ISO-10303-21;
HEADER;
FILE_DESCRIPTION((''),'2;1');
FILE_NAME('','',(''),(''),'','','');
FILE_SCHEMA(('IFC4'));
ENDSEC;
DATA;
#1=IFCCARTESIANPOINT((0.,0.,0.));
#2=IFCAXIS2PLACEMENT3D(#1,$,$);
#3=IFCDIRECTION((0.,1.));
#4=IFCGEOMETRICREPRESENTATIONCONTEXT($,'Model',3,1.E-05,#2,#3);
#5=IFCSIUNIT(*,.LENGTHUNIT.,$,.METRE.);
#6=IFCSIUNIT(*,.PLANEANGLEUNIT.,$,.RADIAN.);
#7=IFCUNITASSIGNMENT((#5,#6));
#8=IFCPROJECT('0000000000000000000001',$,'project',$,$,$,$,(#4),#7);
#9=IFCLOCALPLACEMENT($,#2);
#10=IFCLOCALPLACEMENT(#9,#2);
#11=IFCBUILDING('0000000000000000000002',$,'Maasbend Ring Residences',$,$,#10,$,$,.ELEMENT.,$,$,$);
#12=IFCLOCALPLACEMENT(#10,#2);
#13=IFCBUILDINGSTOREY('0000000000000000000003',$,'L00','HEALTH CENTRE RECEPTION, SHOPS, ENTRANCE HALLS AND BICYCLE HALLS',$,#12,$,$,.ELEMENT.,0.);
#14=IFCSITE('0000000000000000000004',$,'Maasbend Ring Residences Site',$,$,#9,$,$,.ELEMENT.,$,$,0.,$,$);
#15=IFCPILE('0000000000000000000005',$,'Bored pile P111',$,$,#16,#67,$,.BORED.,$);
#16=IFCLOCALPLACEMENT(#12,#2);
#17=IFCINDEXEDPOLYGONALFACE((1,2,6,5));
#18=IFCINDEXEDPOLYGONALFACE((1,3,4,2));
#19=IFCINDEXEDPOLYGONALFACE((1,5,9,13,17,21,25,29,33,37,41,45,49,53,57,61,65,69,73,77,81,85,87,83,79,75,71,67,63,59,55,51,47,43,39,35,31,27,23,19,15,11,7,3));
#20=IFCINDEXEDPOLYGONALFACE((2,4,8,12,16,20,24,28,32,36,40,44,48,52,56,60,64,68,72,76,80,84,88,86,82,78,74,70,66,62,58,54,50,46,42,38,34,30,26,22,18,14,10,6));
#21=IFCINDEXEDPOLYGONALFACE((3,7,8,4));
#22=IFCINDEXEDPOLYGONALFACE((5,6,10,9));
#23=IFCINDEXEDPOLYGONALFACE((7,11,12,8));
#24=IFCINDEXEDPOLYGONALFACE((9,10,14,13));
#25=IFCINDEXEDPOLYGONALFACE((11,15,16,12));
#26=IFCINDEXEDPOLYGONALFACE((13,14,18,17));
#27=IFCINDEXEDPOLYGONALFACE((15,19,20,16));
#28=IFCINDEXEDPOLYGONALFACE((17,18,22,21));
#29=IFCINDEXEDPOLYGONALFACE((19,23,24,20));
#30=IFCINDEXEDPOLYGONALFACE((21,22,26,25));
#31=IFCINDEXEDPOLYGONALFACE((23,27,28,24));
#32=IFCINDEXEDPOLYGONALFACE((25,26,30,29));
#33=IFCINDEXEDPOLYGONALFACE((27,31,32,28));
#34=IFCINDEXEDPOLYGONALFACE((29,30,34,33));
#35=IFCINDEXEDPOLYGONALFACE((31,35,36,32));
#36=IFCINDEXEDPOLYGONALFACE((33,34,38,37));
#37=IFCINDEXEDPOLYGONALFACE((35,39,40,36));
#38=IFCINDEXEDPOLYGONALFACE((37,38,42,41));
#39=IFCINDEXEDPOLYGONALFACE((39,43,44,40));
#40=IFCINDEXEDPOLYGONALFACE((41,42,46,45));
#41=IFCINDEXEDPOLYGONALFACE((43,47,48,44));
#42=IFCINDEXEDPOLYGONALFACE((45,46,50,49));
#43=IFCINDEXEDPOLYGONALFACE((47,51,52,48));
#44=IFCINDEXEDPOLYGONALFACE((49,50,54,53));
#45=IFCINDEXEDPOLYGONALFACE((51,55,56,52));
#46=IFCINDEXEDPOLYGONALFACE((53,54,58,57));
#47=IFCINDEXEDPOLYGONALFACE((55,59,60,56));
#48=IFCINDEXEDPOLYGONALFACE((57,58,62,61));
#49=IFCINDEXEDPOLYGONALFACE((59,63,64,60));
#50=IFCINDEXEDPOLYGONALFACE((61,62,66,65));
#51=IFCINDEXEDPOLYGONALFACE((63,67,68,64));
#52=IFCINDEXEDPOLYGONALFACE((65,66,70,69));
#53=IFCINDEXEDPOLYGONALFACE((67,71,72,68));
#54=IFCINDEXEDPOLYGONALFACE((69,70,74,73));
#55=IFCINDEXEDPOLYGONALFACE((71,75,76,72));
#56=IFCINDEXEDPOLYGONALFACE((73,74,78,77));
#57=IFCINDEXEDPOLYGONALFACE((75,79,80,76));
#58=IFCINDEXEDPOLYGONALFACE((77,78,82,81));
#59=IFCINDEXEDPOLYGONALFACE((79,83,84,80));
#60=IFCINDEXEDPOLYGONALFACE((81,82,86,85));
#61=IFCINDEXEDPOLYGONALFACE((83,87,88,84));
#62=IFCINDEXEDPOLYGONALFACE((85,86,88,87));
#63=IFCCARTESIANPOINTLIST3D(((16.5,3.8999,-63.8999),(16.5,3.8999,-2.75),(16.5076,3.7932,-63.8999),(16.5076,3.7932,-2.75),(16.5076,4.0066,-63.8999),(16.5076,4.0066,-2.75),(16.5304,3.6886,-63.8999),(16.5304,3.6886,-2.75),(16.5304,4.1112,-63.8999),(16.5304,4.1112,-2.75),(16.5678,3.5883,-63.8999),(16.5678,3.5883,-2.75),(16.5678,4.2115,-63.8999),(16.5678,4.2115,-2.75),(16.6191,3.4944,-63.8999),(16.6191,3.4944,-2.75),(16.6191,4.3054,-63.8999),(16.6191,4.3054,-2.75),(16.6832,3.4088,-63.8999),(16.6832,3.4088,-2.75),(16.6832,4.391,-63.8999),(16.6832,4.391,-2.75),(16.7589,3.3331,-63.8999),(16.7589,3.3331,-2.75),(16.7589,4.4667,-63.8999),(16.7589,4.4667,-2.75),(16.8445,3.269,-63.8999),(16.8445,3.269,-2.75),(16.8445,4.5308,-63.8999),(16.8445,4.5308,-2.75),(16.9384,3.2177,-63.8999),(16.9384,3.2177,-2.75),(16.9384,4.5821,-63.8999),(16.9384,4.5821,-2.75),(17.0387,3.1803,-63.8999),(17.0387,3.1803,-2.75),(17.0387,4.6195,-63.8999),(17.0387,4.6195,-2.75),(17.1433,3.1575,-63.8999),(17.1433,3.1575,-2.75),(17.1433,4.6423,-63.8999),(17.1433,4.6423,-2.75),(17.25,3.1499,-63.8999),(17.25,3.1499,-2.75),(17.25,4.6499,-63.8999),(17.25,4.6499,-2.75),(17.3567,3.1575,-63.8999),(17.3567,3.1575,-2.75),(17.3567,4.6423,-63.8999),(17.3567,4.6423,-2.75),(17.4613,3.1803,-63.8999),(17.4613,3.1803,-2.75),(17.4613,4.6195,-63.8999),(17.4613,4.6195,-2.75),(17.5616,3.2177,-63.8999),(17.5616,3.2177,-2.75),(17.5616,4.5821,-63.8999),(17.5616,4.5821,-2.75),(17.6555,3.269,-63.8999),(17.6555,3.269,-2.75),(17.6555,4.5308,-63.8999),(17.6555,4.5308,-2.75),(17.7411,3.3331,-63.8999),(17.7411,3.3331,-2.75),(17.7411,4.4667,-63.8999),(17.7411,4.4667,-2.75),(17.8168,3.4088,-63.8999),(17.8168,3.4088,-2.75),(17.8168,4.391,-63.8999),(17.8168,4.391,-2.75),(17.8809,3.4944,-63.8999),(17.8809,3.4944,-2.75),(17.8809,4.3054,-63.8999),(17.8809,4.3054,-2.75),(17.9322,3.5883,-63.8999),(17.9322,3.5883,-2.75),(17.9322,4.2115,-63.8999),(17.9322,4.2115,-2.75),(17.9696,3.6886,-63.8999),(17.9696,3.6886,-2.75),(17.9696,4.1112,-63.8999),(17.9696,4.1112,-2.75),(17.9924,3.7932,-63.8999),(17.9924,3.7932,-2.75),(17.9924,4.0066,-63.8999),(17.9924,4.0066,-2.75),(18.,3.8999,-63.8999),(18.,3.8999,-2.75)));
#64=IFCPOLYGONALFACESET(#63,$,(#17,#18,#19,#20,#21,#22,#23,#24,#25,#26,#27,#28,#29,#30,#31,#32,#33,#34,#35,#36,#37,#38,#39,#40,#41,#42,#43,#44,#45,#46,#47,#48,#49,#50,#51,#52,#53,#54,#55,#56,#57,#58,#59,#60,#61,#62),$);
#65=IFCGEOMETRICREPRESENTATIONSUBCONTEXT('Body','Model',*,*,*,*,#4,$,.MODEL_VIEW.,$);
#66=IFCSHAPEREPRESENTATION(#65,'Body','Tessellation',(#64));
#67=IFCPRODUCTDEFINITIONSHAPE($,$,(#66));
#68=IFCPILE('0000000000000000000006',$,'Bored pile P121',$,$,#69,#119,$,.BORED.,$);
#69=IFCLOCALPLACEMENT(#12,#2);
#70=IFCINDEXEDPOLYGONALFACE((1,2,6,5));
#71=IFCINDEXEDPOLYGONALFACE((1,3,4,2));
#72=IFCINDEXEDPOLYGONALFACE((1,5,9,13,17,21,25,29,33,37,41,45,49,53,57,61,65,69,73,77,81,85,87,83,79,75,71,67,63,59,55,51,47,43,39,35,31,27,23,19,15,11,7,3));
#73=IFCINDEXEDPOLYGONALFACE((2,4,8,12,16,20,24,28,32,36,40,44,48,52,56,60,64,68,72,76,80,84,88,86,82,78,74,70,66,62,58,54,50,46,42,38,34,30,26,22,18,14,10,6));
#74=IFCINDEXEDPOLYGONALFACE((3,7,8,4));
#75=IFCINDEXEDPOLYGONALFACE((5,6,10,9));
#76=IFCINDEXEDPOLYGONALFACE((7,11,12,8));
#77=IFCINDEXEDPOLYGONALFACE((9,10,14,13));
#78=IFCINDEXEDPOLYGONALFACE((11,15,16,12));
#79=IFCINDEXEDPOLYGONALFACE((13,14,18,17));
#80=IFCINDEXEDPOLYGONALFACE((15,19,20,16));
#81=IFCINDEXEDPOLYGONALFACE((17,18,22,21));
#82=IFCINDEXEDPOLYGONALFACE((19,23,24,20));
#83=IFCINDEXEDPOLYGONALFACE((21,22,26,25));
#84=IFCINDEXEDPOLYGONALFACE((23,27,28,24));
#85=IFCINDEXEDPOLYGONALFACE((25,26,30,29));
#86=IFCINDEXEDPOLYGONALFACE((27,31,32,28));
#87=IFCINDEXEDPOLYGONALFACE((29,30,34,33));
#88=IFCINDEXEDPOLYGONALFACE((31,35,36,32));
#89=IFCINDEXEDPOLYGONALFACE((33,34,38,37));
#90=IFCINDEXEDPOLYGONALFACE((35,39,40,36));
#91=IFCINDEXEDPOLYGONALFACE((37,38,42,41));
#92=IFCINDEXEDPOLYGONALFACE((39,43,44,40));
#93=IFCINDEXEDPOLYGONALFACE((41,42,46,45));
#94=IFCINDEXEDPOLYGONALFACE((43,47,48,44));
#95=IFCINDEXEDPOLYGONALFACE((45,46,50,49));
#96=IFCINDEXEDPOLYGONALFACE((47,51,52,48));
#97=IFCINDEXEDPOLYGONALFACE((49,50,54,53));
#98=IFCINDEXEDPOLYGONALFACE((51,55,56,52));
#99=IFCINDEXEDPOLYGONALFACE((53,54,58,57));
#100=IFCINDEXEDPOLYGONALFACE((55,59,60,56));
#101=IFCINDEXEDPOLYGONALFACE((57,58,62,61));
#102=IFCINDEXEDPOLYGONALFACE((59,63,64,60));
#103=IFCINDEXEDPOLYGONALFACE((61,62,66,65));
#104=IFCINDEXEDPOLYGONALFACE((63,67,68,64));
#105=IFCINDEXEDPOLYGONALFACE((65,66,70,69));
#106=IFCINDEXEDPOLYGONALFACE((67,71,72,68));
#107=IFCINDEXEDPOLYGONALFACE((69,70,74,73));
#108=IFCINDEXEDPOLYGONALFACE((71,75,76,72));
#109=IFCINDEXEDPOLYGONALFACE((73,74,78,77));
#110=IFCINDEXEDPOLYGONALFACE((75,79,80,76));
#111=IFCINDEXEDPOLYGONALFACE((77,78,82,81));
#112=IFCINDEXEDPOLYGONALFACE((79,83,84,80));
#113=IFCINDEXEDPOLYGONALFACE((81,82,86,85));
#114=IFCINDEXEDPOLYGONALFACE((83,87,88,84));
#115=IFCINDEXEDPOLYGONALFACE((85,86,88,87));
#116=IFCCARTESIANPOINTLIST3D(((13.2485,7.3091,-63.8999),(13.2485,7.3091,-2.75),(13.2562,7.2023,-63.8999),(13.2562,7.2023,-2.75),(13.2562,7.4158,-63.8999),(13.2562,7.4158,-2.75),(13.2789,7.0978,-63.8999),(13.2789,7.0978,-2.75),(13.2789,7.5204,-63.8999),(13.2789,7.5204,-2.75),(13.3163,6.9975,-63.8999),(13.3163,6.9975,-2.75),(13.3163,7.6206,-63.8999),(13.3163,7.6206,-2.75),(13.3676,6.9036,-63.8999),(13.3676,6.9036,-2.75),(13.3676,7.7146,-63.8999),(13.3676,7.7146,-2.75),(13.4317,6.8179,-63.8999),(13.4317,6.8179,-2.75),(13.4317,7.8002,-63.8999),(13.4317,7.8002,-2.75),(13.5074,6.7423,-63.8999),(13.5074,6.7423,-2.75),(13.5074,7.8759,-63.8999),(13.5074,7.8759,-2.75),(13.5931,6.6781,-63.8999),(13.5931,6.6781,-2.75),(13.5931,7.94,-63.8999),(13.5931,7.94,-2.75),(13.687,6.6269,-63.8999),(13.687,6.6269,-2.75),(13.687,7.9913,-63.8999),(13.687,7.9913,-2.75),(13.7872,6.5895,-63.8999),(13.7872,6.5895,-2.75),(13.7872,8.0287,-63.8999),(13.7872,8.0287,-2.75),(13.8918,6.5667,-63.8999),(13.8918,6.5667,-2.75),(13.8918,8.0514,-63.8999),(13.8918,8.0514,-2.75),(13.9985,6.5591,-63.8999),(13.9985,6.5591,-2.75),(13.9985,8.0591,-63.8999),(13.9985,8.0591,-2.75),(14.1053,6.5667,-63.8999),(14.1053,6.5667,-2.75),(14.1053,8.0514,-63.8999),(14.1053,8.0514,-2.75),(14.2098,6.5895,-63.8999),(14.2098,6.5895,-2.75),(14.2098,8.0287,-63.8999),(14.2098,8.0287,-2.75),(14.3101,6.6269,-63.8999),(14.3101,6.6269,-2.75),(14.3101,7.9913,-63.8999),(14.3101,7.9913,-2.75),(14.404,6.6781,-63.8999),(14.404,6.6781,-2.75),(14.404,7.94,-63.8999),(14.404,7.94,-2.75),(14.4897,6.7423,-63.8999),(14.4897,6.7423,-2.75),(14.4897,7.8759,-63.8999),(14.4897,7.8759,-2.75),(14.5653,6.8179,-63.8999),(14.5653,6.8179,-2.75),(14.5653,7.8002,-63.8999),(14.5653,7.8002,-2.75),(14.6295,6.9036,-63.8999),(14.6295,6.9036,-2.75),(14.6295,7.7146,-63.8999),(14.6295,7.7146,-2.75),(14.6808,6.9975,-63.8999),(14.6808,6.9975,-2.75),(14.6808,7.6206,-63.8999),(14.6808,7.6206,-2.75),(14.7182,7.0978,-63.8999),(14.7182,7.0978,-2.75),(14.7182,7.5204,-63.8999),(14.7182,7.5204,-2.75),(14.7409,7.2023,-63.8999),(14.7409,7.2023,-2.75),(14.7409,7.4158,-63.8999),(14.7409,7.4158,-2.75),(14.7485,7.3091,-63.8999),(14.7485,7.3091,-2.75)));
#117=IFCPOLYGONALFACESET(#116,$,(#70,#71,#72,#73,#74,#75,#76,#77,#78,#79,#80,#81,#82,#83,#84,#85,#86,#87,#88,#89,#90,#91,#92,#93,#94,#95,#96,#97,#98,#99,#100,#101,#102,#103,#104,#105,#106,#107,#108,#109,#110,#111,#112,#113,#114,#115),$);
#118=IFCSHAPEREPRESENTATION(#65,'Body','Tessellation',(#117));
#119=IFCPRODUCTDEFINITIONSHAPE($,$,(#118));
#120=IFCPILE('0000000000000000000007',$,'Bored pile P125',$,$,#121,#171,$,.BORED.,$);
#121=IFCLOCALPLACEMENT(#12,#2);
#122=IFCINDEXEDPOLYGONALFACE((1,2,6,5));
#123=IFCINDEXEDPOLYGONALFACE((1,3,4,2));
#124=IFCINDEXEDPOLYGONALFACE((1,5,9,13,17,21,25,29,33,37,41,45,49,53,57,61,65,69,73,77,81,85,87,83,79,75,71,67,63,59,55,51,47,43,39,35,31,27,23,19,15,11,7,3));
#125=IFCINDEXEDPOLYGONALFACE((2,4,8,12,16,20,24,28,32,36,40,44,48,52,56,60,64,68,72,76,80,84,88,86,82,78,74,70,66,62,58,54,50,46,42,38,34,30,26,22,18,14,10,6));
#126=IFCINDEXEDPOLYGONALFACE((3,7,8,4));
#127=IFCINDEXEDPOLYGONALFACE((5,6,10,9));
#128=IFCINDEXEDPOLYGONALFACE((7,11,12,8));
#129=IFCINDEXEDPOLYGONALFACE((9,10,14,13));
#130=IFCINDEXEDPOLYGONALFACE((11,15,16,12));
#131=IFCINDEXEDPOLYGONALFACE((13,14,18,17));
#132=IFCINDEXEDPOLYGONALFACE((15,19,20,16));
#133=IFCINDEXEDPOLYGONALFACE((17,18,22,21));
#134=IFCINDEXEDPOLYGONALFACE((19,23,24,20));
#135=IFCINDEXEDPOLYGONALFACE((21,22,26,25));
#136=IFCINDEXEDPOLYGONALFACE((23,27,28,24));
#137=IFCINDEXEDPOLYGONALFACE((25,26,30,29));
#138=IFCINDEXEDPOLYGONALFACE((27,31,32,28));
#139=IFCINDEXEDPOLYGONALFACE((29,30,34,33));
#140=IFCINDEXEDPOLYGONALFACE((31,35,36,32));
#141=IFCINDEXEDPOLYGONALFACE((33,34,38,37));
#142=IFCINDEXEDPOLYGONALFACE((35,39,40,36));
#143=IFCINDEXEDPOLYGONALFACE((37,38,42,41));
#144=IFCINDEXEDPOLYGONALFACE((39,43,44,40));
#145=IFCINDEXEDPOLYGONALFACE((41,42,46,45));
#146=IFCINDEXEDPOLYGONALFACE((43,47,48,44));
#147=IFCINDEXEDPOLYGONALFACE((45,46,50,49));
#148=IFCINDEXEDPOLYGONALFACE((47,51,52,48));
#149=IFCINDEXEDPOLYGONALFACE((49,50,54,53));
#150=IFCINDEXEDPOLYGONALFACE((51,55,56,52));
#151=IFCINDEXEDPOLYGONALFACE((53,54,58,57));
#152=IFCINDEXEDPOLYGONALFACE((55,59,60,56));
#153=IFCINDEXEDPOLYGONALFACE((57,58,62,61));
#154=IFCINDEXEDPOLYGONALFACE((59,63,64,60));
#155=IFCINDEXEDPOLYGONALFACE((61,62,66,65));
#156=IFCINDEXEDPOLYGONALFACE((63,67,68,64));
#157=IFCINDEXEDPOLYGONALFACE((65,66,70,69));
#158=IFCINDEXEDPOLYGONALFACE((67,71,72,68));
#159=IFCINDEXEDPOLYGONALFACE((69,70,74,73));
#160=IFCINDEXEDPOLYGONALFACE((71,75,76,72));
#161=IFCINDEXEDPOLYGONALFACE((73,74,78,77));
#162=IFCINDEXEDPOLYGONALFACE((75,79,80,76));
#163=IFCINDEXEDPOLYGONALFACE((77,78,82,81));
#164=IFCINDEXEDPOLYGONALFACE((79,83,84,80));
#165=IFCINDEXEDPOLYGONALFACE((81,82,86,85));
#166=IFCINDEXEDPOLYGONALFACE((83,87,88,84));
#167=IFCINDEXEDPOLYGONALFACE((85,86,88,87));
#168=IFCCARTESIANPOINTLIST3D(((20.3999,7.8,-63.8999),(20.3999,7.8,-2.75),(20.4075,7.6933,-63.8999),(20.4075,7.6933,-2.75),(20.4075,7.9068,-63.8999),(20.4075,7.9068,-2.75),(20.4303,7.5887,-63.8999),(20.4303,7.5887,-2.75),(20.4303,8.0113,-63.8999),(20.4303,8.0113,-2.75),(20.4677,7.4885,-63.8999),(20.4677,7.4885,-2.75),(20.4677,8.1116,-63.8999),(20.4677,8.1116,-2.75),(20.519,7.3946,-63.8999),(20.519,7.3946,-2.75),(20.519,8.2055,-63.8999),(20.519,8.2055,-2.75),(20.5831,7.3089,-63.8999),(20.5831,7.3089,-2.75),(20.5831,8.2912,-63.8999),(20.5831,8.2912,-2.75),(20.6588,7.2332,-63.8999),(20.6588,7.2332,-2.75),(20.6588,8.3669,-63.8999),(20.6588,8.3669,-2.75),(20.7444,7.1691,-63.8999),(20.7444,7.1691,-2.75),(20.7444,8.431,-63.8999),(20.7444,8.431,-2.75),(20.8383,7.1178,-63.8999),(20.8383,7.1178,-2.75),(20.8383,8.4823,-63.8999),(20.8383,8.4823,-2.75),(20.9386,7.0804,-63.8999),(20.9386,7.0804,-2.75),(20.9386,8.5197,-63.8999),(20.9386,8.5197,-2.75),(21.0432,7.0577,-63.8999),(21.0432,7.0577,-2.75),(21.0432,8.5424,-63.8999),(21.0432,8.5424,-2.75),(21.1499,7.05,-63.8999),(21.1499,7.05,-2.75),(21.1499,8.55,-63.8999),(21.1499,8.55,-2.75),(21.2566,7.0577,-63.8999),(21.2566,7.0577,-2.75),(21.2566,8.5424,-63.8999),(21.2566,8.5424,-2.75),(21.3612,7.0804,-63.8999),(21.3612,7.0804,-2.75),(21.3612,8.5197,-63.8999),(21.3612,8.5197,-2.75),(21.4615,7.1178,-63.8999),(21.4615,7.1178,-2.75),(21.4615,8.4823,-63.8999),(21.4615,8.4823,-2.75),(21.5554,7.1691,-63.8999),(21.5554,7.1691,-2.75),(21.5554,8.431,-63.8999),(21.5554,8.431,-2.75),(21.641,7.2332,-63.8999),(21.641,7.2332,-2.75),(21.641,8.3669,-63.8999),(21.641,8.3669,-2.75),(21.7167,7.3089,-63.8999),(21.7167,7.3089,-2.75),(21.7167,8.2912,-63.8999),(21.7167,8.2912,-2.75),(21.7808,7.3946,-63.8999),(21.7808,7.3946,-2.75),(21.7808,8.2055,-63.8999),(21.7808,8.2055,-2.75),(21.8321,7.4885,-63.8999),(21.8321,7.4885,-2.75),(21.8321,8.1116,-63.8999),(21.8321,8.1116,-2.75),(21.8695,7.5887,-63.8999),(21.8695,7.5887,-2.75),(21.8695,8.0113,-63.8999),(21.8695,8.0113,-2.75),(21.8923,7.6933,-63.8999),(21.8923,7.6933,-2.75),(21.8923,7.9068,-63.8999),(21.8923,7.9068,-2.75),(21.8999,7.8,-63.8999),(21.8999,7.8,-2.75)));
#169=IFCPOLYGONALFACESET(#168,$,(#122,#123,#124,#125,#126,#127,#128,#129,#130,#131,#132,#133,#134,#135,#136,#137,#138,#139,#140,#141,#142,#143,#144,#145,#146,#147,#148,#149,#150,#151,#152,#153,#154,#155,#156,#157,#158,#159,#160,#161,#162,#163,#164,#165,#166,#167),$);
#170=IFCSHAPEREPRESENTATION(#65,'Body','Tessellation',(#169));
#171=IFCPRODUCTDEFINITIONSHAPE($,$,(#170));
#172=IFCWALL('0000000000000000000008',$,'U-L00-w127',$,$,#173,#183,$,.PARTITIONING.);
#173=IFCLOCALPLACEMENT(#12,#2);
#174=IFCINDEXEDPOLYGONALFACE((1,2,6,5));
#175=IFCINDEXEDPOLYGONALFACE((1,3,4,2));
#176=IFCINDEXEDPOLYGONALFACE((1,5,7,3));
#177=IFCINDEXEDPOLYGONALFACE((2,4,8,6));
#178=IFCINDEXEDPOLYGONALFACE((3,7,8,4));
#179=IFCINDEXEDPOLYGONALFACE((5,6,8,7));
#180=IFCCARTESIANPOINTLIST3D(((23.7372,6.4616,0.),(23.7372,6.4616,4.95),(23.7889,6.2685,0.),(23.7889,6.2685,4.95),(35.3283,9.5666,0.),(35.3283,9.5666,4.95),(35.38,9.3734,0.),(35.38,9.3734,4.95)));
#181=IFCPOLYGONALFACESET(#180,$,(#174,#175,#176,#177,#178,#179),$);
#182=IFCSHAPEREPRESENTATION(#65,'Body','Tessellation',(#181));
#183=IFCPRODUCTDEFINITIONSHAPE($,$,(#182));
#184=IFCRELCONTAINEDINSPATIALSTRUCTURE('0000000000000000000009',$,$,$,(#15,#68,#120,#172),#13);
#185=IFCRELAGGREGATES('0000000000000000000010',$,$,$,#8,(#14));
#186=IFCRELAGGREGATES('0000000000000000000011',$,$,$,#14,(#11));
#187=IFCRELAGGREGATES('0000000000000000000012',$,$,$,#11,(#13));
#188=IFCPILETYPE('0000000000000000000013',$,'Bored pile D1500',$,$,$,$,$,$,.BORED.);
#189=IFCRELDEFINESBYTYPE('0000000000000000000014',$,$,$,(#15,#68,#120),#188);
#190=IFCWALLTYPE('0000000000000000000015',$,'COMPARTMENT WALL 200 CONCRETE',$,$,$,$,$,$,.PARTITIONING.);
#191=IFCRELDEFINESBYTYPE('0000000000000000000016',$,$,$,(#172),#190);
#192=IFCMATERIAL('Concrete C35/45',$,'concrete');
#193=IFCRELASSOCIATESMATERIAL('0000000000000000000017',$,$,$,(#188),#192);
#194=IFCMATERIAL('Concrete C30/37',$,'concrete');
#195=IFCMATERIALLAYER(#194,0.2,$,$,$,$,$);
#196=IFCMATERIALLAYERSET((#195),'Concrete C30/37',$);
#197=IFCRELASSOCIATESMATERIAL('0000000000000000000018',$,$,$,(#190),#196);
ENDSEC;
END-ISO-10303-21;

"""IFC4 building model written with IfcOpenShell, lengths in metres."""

from ifc_helpers import new_model, si_unit, direction, frame, frame_2d, origin, origin_2d, place, context, subcontext, project, spatial, rectangle, circle, extrude, material, layer, layer_set, material_profile, profile_set, type_object, element, save


model = new_model("IFC4")

# Units and contexts
model_context = context("Model", 3, precision=1e-05, world=origin(), true_north=direction((0.0, 1.0)))
body_context = subcontext(model_context, "Body", "Model", "MODEL_VIEW")
ifc_project = project(units=[si_unit("LENGTHUNIT", "METRE"), si_unit("PLANEANGLEUNIT", "RADIAN")], contexts=[model_context])

# Site, building, storey
site_placement = place(None, origin())
site = spatial("IfcSite", under=ifc_project, at=site_placement, Name="Maasbend Ring Residences Site", CompositionType="ELEMENT", RefElevation=0.0)
building_placement = place(site_placement, origin())
building = spatial("IfcBuilding", under=site, at=building_placement, Name="Maasbend Ring Residences", CompositionType="ELEMENT")
storey_placement = place(building_placement, origin())
storey = spatial("IfcBuildingStorey", under=building, at=storey_placement, Name="L00", Description="HEALTH CENTRE RECEPTION, SHOPS, ENTRANCE HALLS AND BICYCLE HALLS", CompositionType="ELEMENT", Elevation=0.0)

# Piles
ifc_material_1 = material(Name="Concrete C35/45", Category="concrete")
ifc_material_profile = material_profile(ifc_material_1, circle(Radius=0.75, at=origin_2d()), Name="Bored pile D1500")
ifc_profile_set = profile_set([ifc_material_profile], Name="Concrete C35/45")
pile_type = type_object("IfcPileType", Name="Bored pile D1500", PredefinedType="BORED", material=ifc_profile_set)
for number, where, z_axis, x_axis, name in (
    (1, (17.25, 3.8999, -2.75), (0.0, 0.0, -1.0), (1.0, 0.0, 0.0), "Bored pile P111"),
    (2, (13.9985, 7.3091, -2.75), (0.0, 0.0, -1.0), (1.0, 0.0, 0.0), "Bored pile P121"),
    (3, (21.1499, 7.8, -2.75), (0.0, 0.0, -1.0), (1.0, 0.0, 0.0), "Bored pile P125"),
):
    element("IfcPile", number, at=place(storey_placement, frame(where, z_axis=z_axis, x_axis=x_axis)), inside=storey, type_object=pile_type, Name=name, PredefinedType="BORED", context=body_context, shape_type="SweptSolid", body=[
        extrude(circle(Radius=0.75, at=origin_2d()), origin(), (0.0, 0.0, 1.0), 61.1499),
    ])

# Wall
ifc_material_2 = material(Name="Concrete C30/37", Category="concrete")
ifc_layer_1 = layer(ifc_material_2, 0.2)
ifc_layer_set_1 = layer_set([ifc_layer_1], Name="Concrete C30/37")
wall_type_1 = type_object("IfcWallType", Name="COMPARTMENT WALL 200 CONCRETE", PredefinedType="PARTITIONING", material=ifc_layer_set_1)
wall_1_placement = place(storey_placement, frame((23.7629, 6.365, 0.0), z_axis=(0.0, 0.0, 1.0), x_axis=(0.965943, 0.258754, 0.0)))
element("IfcWall", 4, at=wall_1_placement, inside=storey, type_object=wall_type_1, Name="U-L00-w127", PredefinedType="PARTITIONING", context=body_context, shape_type="SweptSolid", body=[
    extrude(rectangle(XDim=11.9998, YDim=0.2, at=frame_2d((6.0, 0.0))), origin(), (0.0, 0.0, 1.0), 4.95),
])

save(model, "model.ifc")
